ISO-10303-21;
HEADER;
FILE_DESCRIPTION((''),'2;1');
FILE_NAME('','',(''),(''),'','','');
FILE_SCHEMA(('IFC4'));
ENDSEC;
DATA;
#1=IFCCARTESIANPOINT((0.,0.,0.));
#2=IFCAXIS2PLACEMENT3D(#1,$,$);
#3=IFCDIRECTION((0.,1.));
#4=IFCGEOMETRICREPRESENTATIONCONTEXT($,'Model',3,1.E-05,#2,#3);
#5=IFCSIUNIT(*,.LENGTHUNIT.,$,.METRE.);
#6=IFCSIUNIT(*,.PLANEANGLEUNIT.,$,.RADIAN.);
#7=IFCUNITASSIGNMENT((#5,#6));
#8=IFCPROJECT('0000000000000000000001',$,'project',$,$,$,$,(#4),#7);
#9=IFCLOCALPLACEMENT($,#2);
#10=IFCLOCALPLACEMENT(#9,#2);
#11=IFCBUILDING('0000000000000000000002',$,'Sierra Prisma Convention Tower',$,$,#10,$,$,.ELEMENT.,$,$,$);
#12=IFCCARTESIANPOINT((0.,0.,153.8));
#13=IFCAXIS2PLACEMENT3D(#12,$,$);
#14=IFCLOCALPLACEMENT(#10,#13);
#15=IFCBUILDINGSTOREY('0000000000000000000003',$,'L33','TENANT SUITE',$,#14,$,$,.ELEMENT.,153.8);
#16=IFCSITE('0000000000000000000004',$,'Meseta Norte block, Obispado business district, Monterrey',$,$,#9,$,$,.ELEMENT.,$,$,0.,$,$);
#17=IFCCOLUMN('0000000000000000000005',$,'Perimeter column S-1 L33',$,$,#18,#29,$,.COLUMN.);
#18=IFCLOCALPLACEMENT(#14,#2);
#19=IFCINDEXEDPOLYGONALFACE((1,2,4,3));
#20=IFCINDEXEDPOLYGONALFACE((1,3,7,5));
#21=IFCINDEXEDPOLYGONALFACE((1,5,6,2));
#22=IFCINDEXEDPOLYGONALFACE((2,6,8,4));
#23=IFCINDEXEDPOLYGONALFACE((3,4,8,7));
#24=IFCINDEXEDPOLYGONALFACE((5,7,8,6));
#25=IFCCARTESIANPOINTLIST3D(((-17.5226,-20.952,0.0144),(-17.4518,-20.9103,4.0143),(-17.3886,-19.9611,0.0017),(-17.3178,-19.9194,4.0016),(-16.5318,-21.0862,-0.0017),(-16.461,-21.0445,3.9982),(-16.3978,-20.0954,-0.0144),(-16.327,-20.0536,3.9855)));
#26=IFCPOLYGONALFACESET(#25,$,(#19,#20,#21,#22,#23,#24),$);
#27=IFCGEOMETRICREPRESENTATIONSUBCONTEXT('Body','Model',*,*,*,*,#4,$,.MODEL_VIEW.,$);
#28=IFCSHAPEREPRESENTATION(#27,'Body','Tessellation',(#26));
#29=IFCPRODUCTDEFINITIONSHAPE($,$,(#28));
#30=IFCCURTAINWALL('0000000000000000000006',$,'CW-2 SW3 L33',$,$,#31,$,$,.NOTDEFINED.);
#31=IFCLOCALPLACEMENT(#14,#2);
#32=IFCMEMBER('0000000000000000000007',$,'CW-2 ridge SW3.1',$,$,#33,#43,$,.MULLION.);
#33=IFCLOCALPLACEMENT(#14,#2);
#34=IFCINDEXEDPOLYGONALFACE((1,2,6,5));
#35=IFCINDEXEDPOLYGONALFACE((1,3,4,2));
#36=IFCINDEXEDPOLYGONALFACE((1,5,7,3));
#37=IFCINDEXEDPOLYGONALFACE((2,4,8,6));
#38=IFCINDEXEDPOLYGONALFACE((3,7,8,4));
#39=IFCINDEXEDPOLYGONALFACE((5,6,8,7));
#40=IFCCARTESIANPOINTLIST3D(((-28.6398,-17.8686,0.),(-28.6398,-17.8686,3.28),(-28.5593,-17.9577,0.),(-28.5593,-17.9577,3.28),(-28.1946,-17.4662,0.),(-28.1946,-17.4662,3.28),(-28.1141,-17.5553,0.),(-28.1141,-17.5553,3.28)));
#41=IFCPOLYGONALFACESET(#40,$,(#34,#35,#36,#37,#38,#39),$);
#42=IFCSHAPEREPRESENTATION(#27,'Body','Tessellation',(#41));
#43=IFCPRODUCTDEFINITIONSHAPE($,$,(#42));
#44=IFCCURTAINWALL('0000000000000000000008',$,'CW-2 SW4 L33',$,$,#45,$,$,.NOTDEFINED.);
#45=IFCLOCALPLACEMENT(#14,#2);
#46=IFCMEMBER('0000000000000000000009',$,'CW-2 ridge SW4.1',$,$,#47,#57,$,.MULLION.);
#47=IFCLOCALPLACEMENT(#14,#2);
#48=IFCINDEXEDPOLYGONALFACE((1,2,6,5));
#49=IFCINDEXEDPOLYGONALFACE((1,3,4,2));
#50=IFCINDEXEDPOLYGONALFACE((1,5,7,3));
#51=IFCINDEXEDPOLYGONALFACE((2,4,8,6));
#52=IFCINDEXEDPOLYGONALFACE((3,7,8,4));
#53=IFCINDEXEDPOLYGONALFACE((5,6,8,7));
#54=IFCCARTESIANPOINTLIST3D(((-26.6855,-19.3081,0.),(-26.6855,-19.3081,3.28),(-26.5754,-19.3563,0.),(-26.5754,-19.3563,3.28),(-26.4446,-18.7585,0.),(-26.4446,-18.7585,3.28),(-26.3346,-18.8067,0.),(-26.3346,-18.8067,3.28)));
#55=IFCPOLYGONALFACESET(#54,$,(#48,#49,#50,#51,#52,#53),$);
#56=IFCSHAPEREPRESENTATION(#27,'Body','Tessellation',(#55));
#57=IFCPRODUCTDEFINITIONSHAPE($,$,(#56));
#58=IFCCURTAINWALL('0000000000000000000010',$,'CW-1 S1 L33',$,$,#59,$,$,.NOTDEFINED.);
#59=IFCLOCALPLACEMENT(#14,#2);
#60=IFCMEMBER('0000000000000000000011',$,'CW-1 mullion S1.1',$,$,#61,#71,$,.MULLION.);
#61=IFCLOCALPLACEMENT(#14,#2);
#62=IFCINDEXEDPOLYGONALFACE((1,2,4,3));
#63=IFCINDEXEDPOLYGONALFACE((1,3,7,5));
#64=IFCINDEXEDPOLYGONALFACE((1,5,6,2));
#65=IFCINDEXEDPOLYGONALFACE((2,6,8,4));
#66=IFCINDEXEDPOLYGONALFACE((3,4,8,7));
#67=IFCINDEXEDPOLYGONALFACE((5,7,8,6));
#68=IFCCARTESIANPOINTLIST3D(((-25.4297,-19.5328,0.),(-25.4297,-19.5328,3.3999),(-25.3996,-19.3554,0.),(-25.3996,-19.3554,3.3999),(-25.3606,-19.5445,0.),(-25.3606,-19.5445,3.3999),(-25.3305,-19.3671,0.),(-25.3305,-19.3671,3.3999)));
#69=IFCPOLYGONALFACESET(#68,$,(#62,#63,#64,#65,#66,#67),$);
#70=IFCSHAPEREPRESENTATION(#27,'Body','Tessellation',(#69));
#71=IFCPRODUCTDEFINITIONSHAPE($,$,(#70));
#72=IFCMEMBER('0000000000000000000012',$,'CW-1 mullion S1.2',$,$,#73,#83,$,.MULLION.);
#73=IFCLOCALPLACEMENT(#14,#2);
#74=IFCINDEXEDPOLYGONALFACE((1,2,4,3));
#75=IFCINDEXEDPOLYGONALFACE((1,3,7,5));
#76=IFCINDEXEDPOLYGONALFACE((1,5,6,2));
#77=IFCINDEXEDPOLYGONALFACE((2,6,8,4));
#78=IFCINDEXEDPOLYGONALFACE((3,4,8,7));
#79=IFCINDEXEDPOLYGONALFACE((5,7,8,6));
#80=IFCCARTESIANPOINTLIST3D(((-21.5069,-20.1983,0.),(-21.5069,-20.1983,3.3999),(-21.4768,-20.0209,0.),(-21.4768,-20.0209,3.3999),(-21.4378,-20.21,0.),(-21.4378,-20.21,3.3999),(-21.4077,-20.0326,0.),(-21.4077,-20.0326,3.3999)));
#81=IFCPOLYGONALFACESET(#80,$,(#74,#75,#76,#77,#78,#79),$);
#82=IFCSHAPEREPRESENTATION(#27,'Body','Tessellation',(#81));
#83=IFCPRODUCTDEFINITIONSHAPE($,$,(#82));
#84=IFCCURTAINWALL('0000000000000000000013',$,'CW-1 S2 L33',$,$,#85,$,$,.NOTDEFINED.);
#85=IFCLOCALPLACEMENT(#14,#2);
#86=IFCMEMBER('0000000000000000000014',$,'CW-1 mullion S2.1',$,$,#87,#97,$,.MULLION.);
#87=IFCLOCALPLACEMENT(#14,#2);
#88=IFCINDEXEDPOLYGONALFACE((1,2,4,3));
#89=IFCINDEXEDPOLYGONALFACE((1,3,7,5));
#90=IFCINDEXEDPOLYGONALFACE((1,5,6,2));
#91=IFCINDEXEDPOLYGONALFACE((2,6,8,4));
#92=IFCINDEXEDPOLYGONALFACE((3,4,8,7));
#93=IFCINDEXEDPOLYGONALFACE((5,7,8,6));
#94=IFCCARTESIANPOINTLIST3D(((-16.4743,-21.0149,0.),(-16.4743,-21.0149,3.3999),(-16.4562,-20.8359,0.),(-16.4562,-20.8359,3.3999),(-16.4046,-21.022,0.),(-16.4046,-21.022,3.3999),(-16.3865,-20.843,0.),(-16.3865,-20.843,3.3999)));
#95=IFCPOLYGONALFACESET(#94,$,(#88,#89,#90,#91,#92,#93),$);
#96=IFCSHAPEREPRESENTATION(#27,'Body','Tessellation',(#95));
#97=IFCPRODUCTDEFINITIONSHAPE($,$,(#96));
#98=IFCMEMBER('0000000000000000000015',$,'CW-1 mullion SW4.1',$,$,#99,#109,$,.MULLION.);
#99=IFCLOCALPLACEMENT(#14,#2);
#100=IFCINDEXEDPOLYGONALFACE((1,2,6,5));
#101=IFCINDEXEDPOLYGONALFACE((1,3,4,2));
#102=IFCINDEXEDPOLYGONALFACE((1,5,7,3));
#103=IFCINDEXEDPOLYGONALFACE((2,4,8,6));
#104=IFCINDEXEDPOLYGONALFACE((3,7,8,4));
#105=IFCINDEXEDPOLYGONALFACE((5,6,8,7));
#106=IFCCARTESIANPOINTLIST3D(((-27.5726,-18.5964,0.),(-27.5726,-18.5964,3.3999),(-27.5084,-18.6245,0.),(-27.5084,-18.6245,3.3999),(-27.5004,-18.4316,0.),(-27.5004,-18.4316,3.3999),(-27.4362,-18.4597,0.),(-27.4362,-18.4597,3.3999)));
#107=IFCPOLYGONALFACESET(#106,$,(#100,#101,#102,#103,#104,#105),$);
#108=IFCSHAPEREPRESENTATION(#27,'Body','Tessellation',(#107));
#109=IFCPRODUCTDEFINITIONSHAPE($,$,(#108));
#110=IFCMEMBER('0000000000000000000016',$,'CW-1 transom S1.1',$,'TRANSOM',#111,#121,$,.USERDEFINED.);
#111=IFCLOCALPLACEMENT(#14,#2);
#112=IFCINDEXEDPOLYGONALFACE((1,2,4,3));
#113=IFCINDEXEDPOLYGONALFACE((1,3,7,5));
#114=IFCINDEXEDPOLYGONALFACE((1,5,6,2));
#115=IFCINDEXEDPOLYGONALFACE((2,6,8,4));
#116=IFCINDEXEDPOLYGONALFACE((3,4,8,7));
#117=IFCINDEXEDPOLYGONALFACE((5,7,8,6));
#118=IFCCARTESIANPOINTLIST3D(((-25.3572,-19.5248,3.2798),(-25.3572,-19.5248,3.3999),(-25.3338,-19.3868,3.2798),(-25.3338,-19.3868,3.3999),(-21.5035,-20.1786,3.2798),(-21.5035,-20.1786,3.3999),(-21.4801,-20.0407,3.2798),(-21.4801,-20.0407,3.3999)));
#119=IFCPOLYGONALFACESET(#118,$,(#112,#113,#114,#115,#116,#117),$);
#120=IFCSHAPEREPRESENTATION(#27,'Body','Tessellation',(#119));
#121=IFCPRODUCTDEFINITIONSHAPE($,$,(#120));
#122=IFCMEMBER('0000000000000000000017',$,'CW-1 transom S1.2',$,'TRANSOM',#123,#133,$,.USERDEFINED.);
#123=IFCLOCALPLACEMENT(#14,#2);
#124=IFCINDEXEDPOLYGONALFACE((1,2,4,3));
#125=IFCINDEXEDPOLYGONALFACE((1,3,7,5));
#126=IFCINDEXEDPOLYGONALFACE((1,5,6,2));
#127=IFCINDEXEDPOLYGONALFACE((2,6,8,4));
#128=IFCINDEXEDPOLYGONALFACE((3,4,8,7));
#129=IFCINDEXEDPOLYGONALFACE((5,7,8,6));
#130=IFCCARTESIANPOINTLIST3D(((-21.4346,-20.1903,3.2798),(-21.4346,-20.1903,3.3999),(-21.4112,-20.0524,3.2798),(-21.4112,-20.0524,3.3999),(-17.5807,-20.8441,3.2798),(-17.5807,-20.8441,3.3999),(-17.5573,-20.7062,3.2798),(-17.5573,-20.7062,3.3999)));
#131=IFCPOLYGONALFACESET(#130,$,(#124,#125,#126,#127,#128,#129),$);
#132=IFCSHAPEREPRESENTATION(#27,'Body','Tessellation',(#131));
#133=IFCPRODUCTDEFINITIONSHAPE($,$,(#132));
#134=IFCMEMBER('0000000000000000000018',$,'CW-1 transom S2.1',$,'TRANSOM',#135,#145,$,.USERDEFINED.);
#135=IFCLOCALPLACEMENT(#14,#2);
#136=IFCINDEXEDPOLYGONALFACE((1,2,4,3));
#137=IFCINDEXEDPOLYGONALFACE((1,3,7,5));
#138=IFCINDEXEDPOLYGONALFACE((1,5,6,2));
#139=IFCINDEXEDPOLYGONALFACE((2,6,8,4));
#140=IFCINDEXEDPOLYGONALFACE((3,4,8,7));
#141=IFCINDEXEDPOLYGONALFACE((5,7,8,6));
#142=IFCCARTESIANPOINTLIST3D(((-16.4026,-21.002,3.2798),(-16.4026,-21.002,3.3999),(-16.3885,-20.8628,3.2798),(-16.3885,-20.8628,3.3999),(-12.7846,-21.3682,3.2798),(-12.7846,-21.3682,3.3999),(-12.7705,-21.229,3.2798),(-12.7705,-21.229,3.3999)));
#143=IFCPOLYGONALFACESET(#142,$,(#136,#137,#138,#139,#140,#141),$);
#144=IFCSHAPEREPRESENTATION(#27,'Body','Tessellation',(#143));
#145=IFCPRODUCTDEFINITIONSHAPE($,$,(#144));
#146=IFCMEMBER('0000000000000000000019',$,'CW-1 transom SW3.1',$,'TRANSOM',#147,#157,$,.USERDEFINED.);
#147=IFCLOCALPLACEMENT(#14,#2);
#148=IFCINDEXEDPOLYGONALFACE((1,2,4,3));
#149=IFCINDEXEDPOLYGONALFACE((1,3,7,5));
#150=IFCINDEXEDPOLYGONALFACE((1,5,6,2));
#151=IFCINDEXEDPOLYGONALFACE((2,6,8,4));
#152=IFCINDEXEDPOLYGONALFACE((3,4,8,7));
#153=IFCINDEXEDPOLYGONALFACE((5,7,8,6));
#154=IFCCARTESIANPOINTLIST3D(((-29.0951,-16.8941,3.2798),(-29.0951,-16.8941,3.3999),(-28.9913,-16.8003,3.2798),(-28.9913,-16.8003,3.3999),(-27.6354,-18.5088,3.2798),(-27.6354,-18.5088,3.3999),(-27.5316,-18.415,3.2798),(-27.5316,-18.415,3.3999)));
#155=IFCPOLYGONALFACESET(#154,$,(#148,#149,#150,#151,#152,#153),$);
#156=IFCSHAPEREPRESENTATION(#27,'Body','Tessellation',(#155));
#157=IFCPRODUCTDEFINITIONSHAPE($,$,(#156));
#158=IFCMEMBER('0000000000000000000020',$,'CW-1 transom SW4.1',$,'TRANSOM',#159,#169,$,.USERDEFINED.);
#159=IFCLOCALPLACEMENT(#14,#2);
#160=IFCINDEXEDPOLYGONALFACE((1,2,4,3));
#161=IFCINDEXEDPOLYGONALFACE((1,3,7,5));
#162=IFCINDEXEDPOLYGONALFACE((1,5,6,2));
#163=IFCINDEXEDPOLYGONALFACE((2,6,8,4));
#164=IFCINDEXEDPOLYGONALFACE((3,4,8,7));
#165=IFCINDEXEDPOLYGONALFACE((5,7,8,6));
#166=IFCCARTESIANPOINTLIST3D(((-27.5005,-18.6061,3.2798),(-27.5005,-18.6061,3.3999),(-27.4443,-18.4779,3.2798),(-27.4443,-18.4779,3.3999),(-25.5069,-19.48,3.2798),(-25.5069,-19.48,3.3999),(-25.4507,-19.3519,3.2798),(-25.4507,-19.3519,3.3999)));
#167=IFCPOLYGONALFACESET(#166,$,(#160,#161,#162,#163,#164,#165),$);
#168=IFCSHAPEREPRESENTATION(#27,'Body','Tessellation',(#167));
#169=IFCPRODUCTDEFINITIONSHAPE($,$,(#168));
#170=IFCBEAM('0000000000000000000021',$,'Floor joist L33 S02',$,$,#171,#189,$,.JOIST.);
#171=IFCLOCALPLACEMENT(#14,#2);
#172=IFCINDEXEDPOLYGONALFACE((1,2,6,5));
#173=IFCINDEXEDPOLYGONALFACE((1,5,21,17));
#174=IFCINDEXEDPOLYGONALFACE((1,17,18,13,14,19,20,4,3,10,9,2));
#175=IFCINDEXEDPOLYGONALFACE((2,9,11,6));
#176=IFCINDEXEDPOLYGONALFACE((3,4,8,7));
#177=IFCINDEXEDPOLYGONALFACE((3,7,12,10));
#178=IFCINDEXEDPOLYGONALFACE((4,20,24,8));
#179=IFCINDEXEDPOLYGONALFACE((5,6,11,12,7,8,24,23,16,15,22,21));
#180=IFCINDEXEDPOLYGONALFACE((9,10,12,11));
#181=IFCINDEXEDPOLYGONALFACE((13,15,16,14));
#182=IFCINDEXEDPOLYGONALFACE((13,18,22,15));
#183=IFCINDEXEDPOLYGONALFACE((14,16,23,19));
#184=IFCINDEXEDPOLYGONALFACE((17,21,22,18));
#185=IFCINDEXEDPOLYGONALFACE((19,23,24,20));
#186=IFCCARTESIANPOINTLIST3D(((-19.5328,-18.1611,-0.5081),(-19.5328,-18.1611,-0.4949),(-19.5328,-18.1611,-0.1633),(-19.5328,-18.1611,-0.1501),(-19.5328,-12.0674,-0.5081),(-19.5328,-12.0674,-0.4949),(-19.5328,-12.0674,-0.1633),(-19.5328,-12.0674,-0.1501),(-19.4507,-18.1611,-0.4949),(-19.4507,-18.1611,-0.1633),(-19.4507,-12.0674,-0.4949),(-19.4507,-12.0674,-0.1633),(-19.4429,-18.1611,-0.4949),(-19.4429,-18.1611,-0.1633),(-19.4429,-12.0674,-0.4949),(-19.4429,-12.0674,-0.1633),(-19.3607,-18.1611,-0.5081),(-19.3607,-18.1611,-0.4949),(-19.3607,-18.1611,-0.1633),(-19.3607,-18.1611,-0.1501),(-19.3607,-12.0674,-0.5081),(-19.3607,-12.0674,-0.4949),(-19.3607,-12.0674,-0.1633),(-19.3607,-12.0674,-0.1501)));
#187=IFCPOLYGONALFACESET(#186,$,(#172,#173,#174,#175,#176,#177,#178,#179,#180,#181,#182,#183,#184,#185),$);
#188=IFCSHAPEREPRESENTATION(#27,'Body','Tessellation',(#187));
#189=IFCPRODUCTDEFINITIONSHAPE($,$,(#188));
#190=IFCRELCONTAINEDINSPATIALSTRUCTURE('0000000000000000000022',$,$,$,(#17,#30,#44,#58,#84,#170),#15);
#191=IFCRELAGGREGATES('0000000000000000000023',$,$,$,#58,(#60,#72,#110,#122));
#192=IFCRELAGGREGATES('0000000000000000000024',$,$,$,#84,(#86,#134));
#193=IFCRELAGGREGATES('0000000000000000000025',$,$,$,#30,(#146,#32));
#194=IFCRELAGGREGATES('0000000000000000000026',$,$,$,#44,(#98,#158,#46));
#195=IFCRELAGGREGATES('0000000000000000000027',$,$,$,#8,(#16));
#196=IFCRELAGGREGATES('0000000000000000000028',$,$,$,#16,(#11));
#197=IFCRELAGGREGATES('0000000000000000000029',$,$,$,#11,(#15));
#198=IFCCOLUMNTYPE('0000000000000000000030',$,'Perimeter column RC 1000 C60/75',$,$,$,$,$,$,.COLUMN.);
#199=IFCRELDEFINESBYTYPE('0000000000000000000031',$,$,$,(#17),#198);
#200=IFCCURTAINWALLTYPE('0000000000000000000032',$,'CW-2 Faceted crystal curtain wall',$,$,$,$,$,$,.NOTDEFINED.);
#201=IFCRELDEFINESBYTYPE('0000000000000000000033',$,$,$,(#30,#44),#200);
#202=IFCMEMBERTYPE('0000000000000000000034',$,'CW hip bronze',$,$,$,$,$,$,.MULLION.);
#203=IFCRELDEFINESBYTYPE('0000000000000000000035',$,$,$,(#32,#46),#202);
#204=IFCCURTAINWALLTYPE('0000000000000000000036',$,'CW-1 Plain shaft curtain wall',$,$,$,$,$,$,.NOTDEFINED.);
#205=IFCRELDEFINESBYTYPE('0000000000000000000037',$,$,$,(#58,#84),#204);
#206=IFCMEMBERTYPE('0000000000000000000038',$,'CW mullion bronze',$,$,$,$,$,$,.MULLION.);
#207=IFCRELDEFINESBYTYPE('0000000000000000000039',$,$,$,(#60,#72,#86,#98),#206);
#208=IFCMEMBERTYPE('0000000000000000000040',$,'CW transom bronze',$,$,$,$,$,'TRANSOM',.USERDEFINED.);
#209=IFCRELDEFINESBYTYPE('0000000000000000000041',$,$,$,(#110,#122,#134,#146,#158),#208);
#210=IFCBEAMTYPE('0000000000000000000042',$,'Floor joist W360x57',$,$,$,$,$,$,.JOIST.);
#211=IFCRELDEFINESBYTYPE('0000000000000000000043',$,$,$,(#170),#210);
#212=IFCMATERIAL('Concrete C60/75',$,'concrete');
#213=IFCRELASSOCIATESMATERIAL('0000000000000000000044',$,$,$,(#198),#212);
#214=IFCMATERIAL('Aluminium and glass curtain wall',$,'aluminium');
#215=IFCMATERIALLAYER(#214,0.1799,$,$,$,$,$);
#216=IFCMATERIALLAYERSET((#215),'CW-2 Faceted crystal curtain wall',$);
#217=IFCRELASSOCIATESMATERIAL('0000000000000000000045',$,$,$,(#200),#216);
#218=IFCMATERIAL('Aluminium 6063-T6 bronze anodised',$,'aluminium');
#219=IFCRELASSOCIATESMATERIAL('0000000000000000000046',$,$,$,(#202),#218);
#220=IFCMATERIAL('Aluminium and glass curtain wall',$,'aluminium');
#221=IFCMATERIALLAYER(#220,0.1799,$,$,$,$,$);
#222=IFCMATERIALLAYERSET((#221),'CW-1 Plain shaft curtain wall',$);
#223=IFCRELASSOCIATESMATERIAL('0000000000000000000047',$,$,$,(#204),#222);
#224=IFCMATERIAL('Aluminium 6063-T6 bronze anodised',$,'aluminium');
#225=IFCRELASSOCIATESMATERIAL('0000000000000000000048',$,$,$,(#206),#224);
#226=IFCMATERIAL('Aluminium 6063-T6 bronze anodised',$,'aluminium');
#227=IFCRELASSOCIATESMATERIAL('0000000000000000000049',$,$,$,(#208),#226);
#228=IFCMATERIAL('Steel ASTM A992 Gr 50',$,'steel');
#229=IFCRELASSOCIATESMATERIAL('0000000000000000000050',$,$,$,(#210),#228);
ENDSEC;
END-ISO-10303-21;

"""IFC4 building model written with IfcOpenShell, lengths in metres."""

from ifc_helpers import new_model, si_unit, direction, frame, origin, origin_2d, place, context, subcontext, project, spatial, rectangle, i_section, extrude, material, layer, layer_set, material_profile, profile_set, type_object, element, aggregate, save


model = new_model("IFC4")

# Units and contexts
model_context = context("Model", 3, precision=1e-05, world=origin(), true_north=direction((0.0, 1.0)))
body_context = subcontext(model_context, "Body", "Model", "MODEL_VIEW")
ifc_project = project(units=[si_unit("LENGTHUNIT", "METRE"), si_unit("PLANEANGLEUNIT", "RADIAN")], contexts=[model_context])

# Site, building, storey
site_placement = place(None, origin())
site = spatial("IfcSite", under=ifc_project, at=site_placement, Name="Meseta Norte block, Obispado business district, Monterrey", CompositionType="ELEMENT", RefElevation=0.0)
building_placement = place(site_placement, origin())
building = spatial("IfcBuilding", under=site, at=building_placement, Name="Sierra Prisma Convention Tower", CompositionType="ELEMENT")
storey_placement = place(building_placement, frame((0.0, 0.0, 153.8)))
storey = spatial("IfcBuildingStorey", under=building, at=storey_placement, Name="L33", Description="TENANT SUITE", CompositionType="ELEMENT", Elevation=153.8)

# Column
ifc_material_1 = material(Name="Concrete C60/75", Category="concrete")
ifc_material_profile_1 = material_profile(ifc_material_1, rectangle(XDim=1.0, YDim=1.0, at=origin_2d()), Name="Perimeter column RC 1000 C60/75")
ifc_profile_set_1 = profile_set([ifc_material_profile_1], Name="Concrete C60/75")
column_type = type_object("IfcColumnType", Name="Perimeter column RC 1000 C60/75", PredefinedType="COLUMN", material=ifc_profile_set_1)
column_placement = place(storey_placement, frame((-16.9602, -20.5237, 0.0), z_axis=(0.017696, 0.010435, 0.999789), x_axis=(-0.990818, 0.134235, 0.016137)))
element("IfcColumn", 1, at=column_placement, inside=storey, type_object=column_type, Name="Perimeter column S-1 L33", PredefinedType="COLUMN", context=body_context, shape_type="SweptSolid", body=[
    extrude(rectangle(XDim=1.0, YDim=1.0, at=origin_2d()), origin(), (0.0, 0.0, 1.0), 4.0007),
])

# Curtain walls, members
ifc_material_2 = material(Name="Aluminium and glass curtain wall", Category="aluminium")
ifc_layer_1 = layer(ifc_material_2, 0.1799)
ifc_layer_set_1 = layer_set([ifc_layer_1], Name="CW-2 Faceted crystal curtain wall")
curtain_wall_type_1 = type_object("IfcCurtainWallType", Name="CW-2 Faceted crystal curtain wall", PredefinedType="NOTDEFINED", material=ifc_layer_set_1)
curtain_wall_1_placement = place(storey_placement, origin())
curtain_wall_1 = element("IfcCurtainWall", 2, at=curtain_wall_1_placement, inside=storey, type_object=curtain_wall_type_1, Name="CW-2 SW3 L33", PredefinedType="NOTDEFINED")
ifc_material_3 = material(Name="Aluminium 6063-T6 bronze anodised", Category="aluminium")
ifc_material_profile_2 = material_profile(ifc_material_3, rectangle(XDim=0.1201, YDim=0.6001, at=origin_2d()), Name="ALU RIDGE BLADE 120x600")
ifc_profile_set_2 = profile_set([ifc_material_profile_2], Name="Aluminium 6063-T6 bronze anodised")
member_type_1 = type_object("IfcMemberType", Name="CW hip bronze", PredefinedType="MULLION", material=ifc_profile_set_2)
member_1_placement = place(storey_placement, frame((-28.377, -17.7119, 0.0), z_axis=(0.0, 0.0, 1.0), x_axis=(0.670568, -0.741848, 0.0)))
member_1 = element("IfcMember", 3, at=member_1_placement, type_object=member_type_1, Name="CW-2 ridge SW3.1", PredefinedType="MULLION", context=body_context, shape_type="SweptSolid", body=[
    extrude(rectangle(XDim=0.1201, YDim=0.6001, at=origin_2d()), origin(), (0.0, 0.0, 1.0), 3.28),
])
curtain_wall_2_placement = place(storey_placement, origin())
curtain_wall_2 = element("IfcCurtainWall", 4, at=curtain_wall_2_placement, inside=storey, type_object=curtain_wall_type_1, Name="CW-2 SW4 L33", PredefinedType="NOTDEFINED")
member_2_placement = place(storey_placement, frame((-26.51, -19.0574, 0.0), z_axis=(0.0, 0.0, 1.0), x_axis=(0.915893, -0.401423, 0.0)))
member_2 = element("IfcMember", 5, at=member_2_placement, type_object=member_type_1, Name="CW-2 ridge SW4.1", PredefinedType="MULLION", context=body_context, shape_type="SweptSolid", body=[
    extrude(rectangle(XDim=0.1201, YDim=0.6001, at=origin_2d()), origin(), (0.0, 0.0, 1.0), 3.28),
])

# Curtain wall, members
ifc_material_4 = material(Name="Aluminium and glass curtain wall", Category="aluminium")
ifc_layer_2 = layer(ifc_material_4, 0.1799)
ifc_layer_set_2 = layer_set([ifc_layer_2], Name="CW-1 Plain shaft curtain wall")
curtain_wall_type_2 = type_object("IfcCurtainWallType", Name="CW-1 Plain shaft curtain wall", PredefinedType="NOTDEFINED", material=ifc_layer_set_2)
curtain_wall_3_placement = place(storey_placement, origin())
curtain_wall_3 = element("IfcCurtainWall", 6, at=curtain_wall_3_placement, inside=storey, type_object=curtain_wall_type_2, Name="CW-1 S1 L33", PredefinedType="NOTDEFINED")
ifc_material_5 = material(Name="Aluminium 6063-T6 bronze anodised", Category="aluminium")
ifc_material_profile_3 = material_profile(ifc_material_5, rectangle(XDim=0.1799, YDim=0.0701, at=origin_2d()), Name="ALU MULLION 70x180")
ifc_profile_set_3 = profile_set([ifc_material_profile_3], Name="Aluminium 6063-T6 bronze anodised")
member_type_2 = type_object("IfcMemberType", Name="CW mullion bronze", PredefinedType="MULLION", material=ifc_profile_set_3)
member_3_placement = place(storey_placement, frame((-25.3801, -19.45, 0.0), z_axis=(0.0, 0.0, 1.0), x_axis=(0.167289, 0.985908, 0.0)))
member_3 = element("IfcMember", 7, at=member_3_placement, type_object=member_type_2, Name="CW-1 mullion S1.1", PredefinedType="MULLION", context=body_context, shape_type="SweptSolid", body=[
    extrude(rectangle(XDim=0.1799, YDim=0.0701, at=origin_2d()), origin(), (0.0, 0.0, 1.0), 3.3999),
])
member_4_placement = place(storey_placement, frame((-21.4573, -20.1155, 0.0), z_axis=(0.0, 0.0, 1.0), x_axis=(0.167289, 0.985908, 0.0)))
member_4 = element("IfcMember", 8, at=member_4_placement, type_object=member_type_2, Name="CW-1 mullion S1.2", PredefinedType="MULLION", context=body_context, shape_type="SweptSolid", body=[
    extrude(rectangle(XDim=0.1799, YDim=0.0701, at=origin_2d()), origin(), (0.0, 0.0, 1.0), 3.3999),
])

# Curtain wall, member
curtain_wall_4_placement = place(storey_placement, origin())
curtain_wall_4 = element("IfcCurtainWall", 9, at=curtain_wall_4_placement, inside=storey, type_object=curtain_wall_type_2, Name="CW-1 S2 L33", PredefinedType="NOTDEFINED")
member_5_placement = place(storey_placement, frame((-16.4304, -20.929, 0.0), z_axis=(0.0, 0.0, 1.0), x_axis=(0.100676, 0.994919, 0.0)))
member_5 = element("IfcMember", 10, at=member_5_placement, type_object=member_type_2, Name="CW-1 mullion S2.1", PredefinedType="MULLION", context=body_context, shape_type="SweptSolid", body=[
    extrude(rectangle(XDim=0.1799, YDim=0.0701, at=origin_2d()), origin(), (0.0, 0.0, 1.0), 3.3999),
])

# Members
member_6_placement = place(storey_placement, frame((-27.5044, -18.5281, 0.0), z_axis=(0.0, 0.0, 1.0), x_axis=(0.401423, 0.915893, 0.0)))
member_6 = element("IfcMember", 11, at=member_6_placement, type_object=member_type_2, Name="CW-1 mullion SW4.1", PredefinedType="MULLION", context=body_context, shape_type="SweptSolid", body=[
    extrude(rectangle(XDim=0.1799, YDim=0.0701, at=origin_2d()), origin(), (0.0, 0.0, 1.0), 3.3999),
])
ifc_material_6 = material(Name="Aluminium 6063-T6 bronze anodised", Category="aluminium")
ifc_material_profile_4 = material_profile(ifc_material_6, rectangle(XDim=0.1399, YDim=0.1201, at=origin_2d()), Name="ALU TRANSOM 120x140")
ifc_profile_set_4 = profile_set([ifc_material_profile_4], Name="Aluminium 6063-T6 bronze anodised")
member_type_3 = type_object("IfcMemberType", Name="CW transom bronze", ElementType="TRANSOM", PredefinedType="USERDEFINED", material=ifc_profile_set_4)
member_7_placement = place(storey_placement, frame((-25.3455, -19.4558, 3.3398), z_axis=(0.98591, -0.167275, 0.0), x_axis=(0.167275, 0.98591, 0.0)))
member_7 = element("IfcMember", 12, at=member_7_placement, type_object=member_type_3, Name="CW-1 transom S1.1", ObjectType="TRANSOM", PredefinedType="USERDEFINED", context=body_context, shape_type="SweptSolid", body=[
    extrude(rectangle(XDim=0.1399, YDim=0.1201, at=origin_2d()), origin(), (0.0, 0.0, 1.0), 3.9087),
])
member_8_placement = place(storey_placement, frame((-21.4229, -20.1213, 3.3398), z_axis=(0.985912, -0.167265, 0.0), x_axis=(0.167265, 0.985912, 0.0)))
member_8 = element("IfcMember", 13, at=member_8_placement, type_object=member_type_3, Name="CW-1 transom S1.2", ObjectType="TRANSOM", PredefinedType="USERDEFINED", context=body_context, shape_type="SweptSolid", body=[
    extrude(rectangle(XDim=0.1399, YDim=0.1201, at=origin_2d()), origin(), (0.0, 0.0, 1.0), 3.9089),
])
member_9_placement = place(storey_placement, frame((-16.3955, -20.9324, 3.3398), z_axis=(0.994916, -0.100707, 0.0), x_axis=(0.100707, 0.994916, 0.0)))
member_9 = element("IfcMember", 14, at=member_9_placement, type_object=member_type_3, Name="CW-1 transom S2.1", ObjectType="TRANSOM", PredefinedType="USERDEFINED", context=body_context, shape_type="SweptSolid", body=[
    extrude(rectangle(XDim=0.1399, YDim=0.1201, at=origin_2d()), origin(), (0.0, 0.0, 1.0), 3.6365),
])
member_10_placement = place(storey_placement, frame((-29.0432, -16.8472, 3.3398), z_axis=(0.670599, -0.74182, 0.0), x_axis=(0.74182, 0.670599, 0.0)))
member_10 = element("IfcMember", 15, at=member_10_placement, type_object=member_type_3, Name="CW-1 transom SW3.1", ObjectType="TRANSOM", PredefinedType="USERDEFINED", context=body_context, shape_type="SweptSolid", body=[
    extrude(rectangle(XDim=0.1399, YDim=0.1201, at=origin_2d()), origin(), (0.0, 0.0, 1.0), 2.1768),
])
member_11_placement = place(storey_placement, frame((-27.4724, -18.542, 3.3398), z_axis=(0.915853, -0.401513, 0.0), x_axis=(0.401513, 0.915853, 0.0)))
member_11 = element("IfcMember", 16, at=member_11_placement, type_object=member_type_3, Name="CW-1 transom SW4.1", ObjectType="TRANSOM", PredefinedType="USERDEFINED", context=body_context, shape_type="SweptSolid", body=[
    extrude(rectangle(XDim=0.1399, YDim=0.1201, at=origin_2d()), origin(), (0.0, 0.0, 1.0), 2.1768),
])

# Beam
ifc_material_7 = material(Name="Steel ASTM A992 Gr 50", Category="steel")
ifc_material_profile_5 = material_profile(ifc_material_7, i_section(OverallWidth=0.1721, OverallDepth=0.3579, WebThickness=0.0078, FlangeThickness=0.0132, at=origin_2d()), Name="W360x57")
ifc_profile_set_5 = profile_set([ifc_material_profile_5], Name="Steel ASTM A992 Gr 50")
beam_type_1 = type_object("IfcBeamType", Name="Floor joist W360x57", PredefinedType="JOIST", material=ifc_profile_set_5)
beam_1_placement = place(storey_placement, frame((-19.4468, -18.1611, -0.3291), z_axis=(0.0, 1.0, 0.0), x_axis=(-1.0, 0.0, 0.0)))
element("IfcBeam", 17, at=beam_1_placement, inside=storey, type_object=beam_type_1, Name="Floor joist L33 S02", PredefinedType="JOIST", context=body_context, shape_type="SweptSolid", body=[
    extrude(i_section(OverallWidth=0.1721, OverallDepth=0.3579, WebThickness=0.0078, FlangeThickness=0.0132, at=origin_2d()), origin(), (0.0, 0.0, 1.0), 6.0938),
])

aggregate(curtain_wall_3, [member_3, member_4, member_7, member_8])
aggregate(curtain_wall_4, [member_5, member_9])
aggregate(curtain_wall_1, [member_10, member_1])
aggregate(curtain_wall_2, [member_6, member_11, member_2])

save(model, "model.ifc")
